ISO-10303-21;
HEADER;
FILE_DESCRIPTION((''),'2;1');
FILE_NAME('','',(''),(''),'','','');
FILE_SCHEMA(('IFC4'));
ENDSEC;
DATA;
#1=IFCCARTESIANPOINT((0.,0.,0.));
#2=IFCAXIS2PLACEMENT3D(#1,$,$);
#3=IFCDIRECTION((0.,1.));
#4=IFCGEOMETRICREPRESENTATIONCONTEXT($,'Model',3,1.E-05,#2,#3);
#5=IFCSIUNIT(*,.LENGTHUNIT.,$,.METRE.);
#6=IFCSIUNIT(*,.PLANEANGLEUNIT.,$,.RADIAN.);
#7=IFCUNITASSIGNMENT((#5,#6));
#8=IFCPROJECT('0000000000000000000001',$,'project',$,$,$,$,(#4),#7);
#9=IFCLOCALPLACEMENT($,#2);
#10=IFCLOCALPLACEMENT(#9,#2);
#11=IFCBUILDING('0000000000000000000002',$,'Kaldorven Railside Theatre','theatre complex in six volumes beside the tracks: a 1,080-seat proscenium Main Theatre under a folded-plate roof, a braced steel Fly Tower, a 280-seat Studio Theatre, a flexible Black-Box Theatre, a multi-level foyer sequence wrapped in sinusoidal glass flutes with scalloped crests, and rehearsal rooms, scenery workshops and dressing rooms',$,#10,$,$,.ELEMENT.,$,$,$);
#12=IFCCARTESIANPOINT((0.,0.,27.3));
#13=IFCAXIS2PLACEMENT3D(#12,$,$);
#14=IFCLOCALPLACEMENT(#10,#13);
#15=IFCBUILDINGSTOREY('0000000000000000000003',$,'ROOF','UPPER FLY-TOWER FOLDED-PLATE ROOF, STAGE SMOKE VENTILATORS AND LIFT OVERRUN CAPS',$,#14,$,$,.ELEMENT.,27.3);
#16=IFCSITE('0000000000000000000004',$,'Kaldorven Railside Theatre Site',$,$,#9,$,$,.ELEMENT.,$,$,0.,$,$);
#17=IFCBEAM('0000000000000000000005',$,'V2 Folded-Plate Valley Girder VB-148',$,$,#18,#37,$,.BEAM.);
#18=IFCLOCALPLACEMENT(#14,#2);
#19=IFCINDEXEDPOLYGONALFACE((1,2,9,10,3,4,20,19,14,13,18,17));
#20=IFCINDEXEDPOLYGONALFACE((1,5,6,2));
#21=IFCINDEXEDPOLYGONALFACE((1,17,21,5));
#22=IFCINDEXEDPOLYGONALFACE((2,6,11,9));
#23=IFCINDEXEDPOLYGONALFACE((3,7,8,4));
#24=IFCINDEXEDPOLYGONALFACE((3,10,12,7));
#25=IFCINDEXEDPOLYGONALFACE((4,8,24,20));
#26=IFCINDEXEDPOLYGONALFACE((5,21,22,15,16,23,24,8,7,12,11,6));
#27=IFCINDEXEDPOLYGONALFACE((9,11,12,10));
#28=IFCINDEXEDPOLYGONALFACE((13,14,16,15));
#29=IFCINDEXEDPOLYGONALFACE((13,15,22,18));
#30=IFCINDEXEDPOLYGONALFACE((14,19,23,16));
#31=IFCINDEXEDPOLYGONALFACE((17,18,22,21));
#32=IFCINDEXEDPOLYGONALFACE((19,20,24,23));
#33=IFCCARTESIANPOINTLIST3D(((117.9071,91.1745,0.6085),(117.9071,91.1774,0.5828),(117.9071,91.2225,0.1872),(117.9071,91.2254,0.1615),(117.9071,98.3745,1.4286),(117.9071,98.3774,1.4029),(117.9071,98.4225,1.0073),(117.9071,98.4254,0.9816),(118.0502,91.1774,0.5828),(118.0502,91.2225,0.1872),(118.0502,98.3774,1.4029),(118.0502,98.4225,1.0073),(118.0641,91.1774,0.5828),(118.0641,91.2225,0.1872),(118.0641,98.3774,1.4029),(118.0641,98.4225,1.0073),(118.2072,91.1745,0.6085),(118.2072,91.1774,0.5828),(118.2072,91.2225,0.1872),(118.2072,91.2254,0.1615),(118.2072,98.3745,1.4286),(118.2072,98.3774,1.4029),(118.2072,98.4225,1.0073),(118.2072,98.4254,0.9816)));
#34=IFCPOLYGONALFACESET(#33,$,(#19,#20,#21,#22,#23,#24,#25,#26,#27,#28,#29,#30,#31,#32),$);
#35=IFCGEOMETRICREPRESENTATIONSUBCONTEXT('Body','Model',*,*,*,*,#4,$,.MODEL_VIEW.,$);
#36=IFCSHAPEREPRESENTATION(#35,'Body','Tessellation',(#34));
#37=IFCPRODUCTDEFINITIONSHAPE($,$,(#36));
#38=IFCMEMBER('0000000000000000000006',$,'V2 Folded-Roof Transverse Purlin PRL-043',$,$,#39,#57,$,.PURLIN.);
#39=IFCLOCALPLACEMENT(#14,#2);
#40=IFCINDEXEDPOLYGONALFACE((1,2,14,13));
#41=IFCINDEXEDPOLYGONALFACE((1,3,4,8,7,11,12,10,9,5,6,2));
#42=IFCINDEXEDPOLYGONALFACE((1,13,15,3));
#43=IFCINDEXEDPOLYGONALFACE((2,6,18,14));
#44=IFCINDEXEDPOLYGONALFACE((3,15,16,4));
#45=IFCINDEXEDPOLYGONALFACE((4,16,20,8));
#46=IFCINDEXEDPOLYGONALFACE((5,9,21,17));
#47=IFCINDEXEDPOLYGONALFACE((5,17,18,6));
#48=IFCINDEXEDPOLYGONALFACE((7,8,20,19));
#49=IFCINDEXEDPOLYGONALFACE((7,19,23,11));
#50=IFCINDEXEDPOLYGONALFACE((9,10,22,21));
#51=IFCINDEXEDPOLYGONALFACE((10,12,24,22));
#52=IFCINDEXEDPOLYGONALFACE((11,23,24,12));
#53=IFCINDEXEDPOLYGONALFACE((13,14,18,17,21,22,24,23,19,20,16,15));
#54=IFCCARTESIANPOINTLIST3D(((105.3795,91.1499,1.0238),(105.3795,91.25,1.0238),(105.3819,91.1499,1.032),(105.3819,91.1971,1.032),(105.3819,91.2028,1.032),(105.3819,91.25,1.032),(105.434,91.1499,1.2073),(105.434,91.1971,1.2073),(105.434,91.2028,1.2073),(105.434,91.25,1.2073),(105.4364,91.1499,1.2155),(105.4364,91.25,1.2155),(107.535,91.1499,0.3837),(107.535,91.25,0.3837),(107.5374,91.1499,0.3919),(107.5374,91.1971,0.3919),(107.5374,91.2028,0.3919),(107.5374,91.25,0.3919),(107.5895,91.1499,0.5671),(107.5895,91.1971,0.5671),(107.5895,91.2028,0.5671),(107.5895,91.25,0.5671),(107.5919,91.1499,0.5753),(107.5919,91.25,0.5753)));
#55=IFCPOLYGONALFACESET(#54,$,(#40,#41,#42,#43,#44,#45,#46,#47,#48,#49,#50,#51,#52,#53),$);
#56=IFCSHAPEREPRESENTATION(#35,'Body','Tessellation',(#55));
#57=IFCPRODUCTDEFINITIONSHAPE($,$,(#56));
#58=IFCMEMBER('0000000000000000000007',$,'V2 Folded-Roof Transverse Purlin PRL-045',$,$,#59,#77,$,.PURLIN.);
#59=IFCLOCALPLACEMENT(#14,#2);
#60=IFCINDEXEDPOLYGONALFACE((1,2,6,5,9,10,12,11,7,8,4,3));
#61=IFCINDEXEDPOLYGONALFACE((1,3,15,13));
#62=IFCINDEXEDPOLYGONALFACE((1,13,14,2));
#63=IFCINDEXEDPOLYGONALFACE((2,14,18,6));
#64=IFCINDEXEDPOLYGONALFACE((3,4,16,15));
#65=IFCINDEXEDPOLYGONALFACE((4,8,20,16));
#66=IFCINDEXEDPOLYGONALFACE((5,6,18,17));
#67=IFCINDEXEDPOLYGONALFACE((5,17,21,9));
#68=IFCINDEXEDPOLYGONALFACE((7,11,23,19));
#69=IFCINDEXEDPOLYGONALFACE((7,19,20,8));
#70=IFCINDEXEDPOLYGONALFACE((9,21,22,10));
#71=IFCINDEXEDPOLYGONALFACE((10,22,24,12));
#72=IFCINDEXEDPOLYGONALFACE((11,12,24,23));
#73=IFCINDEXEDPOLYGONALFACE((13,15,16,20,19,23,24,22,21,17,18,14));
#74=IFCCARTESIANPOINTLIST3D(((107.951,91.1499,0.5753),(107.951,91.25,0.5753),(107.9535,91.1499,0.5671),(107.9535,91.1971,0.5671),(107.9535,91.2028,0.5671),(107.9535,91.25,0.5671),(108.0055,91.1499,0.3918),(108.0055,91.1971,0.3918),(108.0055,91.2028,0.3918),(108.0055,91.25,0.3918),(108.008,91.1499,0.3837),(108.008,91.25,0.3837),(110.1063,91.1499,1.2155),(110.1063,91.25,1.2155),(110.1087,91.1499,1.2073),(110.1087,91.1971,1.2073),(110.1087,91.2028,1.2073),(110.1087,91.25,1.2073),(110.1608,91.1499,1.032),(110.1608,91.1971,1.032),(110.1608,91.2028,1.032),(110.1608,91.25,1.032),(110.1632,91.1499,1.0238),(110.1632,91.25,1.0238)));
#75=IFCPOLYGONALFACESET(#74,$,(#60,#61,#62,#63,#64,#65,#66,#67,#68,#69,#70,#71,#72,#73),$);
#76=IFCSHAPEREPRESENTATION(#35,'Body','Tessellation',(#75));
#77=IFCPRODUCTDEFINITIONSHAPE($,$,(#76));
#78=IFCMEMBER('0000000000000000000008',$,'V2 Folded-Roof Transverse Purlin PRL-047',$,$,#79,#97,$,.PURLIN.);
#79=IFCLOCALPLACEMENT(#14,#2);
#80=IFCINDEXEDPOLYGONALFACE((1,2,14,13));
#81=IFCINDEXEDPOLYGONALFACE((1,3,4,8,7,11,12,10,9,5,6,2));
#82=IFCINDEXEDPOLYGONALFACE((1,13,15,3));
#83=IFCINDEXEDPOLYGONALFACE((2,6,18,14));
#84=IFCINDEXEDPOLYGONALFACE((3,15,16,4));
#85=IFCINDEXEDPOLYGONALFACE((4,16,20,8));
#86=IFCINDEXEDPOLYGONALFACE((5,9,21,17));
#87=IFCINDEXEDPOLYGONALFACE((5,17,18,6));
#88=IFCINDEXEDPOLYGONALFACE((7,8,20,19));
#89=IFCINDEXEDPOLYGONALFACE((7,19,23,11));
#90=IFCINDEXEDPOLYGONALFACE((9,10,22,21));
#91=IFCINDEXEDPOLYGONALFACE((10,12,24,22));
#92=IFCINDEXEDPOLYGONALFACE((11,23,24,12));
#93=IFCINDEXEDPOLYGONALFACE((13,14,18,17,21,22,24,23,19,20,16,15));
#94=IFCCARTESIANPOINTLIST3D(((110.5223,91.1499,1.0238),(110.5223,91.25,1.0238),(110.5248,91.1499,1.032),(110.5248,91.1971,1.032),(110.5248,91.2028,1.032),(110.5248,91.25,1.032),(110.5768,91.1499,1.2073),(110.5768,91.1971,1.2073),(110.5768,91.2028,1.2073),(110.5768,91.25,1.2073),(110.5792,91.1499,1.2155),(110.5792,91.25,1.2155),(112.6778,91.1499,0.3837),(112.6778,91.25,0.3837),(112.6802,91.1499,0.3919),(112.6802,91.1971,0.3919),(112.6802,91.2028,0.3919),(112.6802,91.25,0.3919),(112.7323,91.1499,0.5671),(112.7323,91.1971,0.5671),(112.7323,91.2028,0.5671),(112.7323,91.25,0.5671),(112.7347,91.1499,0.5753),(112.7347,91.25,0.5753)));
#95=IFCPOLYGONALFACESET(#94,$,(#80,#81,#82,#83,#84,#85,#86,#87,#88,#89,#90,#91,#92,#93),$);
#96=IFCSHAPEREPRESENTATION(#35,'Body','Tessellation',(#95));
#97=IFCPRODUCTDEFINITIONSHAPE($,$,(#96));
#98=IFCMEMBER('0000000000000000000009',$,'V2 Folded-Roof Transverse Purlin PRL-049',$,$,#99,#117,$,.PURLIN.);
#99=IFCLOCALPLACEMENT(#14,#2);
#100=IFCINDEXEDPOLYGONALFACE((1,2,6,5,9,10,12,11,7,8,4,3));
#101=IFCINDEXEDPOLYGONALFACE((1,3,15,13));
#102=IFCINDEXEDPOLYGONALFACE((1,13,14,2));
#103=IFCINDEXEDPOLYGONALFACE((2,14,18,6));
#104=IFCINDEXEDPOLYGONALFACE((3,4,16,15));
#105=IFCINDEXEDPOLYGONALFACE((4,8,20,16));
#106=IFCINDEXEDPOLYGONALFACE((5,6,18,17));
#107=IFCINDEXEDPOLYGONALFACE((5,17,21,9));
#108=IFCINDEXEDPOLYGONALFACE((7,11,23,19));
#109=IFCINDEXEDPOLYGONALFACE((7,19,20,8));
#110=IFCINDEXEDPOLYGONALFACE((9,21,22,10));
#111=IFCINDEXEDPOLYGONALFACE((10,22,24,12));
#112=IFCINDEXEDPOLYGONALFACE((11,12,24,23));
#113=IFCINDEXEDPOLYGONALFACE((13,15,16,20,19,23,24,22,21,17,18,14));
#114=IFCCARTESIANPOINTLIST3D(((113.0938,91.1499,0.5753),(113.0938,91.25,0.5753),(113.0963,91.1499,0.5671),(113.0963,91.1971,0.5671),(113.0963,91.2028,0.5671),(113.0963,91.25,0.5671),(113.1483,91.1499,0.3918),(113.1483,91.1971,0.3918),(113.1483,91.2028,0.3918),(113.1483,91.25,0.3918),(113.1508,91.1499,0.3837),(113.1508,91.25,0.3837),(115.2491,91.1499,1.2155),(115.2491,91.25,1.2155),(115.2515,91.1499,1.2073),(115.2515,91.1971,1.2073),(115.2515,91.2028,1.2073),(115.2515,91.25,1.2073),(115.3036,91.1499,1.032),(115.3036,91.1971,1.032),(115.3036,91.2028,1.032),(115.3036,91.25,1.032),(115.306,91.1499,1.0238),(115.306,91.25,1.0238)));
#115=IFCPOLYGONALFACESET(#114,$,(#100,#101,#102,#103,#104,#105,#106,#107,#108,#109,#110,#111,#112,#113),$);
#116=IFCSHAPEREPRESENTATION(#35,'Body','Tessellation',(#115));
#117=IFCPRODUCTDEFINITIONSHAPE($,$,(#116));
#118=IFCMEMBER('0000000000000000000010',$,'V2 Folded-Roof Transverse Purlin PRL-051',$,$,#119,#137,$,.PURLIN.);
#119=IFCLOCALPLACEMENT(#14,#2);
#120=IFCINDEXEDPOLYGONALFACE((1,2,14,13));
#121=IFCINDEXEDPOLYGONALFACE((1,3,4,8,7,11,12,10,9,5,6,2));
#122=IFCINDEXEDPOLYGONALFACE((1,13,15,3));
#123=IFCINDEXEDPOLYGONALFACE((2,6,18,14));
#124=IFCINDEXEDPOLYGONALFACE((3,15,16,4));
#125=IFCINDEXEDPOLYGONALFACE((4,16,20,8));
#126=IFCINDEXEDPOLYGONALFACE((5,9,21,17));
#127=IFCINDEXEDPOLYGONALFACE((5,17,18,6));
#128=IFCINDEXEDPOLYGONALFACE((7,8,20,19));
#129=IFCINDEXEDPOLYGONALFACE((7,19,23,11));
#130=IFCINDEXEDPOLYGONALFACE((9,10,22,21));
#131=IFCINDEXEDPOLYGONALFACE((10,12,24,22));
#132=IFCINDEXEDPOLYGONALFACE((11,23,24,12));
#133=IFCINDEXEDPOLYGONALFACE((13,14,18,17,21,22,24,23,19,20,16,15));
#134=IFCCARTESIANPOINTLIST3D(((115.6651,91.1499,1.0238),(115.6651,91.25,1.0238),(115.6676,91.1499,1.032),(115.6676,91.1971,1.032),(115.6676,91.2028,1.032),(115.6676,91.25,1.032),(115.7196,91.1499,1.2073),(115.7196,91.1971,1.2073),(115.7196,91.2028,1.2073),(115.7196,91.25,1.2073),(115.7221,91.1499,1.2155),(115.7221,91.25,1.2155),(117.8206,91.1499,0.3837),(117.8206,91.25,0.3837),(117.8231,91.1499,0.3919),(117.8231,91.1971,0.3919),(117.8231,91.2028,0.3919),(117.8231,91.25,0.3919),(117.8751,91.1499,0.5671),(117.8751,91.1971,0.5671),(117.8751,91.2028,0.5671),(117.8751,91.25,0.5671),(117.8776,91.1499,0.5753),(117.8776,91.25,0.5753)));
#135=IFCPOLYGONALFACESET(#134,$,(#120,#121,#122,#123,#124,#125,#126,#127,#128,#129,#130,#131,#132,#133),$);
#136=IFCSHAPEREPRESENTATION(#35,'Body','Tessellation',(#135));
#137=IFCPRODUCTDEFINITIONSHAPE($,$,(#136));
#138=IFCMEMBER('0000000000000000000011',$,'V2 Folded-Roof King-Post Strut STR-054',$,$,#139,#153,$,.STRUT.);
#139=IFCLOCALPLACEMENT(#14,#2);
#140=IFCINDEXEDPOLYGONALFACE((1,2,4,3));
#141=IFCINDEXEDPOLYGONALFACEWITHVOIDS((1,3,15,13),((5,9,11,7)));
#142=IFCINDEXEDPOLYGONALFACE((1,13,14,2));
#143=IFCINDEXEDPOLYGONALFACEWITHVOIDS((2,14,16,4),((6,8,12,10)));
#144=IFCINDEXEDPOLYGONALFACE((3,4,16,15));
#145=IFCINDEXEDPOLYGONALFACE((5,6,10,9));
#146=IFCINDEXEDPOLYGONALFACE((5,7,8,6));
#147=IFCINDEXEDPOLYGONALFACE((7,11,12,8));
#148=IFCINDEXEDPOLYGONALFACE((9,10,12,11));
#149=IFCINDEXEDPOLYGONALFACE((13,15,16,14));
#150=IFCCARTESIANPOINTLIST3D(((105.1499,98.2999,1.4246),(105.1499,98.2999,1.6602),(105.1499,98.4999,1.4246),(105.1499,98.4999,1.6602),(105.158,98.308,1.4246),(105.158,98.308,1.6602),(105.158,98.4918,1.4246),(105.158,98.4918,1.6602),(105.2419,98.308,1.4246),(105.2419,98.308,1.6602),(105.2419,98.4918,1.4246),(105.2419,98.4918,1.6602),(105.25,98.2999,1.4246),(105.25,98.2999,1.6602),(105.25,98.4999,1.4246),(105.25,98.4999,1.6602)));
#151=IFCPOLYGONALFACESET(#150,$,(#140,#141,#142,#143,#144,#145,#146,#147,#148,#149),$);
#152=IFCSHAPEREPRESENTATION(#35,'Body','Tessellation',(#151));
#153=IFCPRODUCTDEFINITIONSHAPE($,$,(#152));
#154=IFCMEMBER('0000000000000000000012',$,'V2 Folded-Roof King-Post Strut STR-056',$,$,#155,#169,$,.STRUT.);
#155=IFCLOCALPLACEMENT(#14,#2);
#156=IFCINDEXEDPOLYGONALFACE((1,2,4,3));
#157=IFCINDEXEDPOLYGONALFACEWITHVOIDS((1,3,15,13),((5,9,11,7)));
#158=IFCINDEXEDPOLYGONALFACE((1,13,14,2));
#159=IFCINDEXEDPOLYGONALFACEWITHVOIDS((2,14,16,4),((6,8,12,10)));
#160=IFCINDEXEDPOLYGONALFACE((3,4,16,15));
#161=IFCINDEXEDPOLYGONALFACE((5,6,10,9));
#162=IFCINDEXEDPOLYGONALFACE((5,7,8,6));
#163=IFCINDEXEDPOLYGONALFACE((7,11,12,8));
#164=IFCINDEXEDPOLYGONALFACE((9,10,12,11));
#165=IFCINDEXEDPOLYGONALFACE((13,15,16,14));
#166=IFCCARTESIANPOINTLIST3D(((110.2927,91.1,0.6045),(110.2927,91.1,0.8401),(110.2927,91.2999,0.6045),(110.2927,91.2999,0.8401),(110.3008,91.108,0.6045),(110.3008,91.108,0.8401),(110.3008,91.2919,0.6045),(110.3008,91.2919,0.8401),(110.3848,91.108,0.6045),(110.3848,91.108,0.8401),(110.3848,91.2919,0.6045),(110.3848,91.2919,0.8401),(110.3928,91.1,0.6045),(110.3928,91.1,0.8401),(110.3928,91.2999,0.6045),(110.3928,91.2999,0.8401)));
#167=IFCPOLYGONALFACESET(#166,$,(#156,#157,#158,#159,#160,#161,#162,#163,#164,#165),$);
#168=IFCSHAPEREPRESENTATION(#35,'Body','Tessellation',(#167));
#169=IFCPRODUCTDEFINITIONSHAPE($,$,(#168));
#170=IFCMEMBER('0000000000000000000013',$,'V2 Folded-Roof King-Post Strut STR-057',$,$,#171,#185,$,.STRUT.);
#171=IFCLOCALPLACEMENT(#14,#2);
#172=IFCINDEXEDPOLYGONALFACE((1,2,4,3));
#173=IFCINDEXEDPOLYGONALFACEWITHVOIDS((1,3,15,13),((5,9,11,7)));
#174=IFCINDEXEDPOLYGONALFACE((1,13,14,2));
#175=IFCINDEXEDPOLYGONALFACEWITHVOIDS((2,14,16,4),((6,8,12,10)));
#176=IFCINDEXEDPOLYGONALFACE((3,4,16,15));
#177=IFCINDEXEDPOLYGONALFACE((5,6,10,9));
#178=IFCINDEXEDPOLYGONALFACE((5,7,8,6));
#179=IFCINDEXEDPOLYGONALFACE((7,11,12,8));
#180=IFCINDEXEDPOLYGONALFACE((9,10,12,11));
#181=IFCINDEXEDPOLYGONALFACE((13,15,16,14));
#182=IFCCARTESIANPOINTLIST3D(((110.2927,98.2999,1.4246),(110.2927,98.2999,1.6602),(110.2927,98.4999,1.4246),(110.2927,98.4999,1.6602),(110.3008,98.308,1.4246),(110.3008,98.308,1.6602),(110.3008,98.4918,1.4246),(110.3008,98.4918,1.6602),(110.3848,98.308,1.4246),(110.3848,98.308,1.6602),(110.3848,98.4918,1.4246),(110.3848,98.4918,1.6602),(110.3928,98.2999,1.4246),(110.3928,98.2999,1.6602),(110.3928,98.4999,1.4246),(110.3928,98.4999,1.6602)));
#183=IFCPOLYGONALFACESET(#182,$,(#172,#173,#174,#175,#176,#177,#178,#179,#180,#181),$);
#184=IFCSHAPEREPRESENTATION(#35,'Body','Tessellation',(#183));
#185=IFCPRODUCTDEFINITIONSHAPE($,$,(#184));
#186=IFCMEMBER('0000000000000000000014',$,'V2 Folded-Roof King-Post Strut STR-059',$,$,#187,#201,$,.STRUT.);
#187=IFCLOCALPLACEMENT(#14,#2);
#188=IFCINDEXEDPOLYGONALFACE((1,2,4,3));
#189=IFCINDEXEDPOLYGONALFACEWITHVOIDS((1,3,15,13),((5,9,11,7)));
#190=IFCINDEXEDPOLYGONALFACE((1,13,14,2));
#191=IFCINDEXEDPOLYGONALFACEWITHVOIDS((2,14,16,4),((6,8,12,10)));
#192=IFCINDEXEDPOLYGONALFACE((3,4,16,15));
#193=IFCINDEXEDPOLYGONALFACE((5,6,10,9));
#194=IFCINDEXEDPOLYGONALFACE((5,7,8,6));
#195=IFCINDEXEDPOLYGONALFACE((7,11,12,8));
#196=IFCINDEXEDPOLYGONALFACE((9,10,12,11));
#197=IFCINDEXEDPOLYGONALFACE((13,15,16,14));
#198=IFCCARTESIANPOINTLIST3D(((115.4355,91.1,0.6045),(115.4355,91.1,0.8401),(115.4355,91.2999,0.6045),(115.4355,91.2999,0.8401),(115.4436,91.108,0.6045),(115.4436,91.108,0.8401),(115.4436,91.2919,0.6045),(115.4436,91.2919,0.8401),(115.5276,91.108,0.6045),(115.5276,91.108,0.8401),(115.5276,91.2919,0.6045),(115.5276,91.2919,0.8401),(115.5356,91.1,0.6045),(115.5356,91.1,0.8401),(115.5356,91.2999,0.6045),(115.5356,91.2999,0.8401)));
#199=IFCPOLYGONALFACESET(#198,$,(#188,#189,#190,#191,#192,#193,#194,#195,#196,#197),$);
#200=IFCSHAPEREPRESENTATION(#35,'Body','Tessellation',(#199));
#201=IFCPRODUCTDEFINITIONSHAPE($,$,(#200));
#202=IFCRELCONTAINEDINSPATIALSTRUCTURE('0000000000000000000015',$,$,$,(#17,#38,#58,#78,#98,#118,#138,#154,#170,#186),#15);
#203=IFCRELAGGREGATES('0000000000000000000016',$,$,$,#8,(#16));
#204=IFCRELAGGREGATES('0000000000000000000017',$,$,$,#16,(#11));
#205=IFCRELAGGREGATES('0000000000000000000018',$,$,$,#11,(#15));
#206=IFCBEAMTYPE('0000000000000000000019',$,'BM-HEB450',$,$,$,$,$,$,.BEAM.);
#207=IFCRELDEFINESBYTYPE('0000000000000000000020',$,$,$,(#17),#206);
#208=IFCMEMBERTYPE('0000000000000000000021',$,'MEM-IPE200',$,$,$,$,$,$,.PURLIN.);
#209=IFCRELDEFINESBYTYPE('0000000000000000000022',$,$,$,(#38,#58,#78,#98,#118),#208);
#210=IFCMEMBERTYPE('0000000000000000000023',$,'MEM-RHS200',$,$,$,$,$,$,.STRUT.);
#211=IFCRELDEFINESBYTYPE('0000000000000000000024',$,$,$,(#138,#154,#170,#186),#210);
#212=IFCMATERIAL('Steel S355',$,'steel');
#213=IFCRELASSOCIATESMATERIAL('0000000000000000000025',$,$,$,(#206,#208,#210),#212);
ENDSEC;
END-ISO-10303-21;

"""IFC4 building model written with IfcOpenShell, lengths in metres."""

from ifc_helpers import new_model, si_unit, direction, frame, origin, origin_2d, place, context, subcontext, project, spatial, hollow_rectangle, i_section, extrude, material, material_profile, profile_set, type_object, element, save


model = new_model("IFC4")

# Units and contexts
model_context = context("Model", 3, precision=1e-05, world=origin(), true_north=direction((0.0, 1.0)))
body_context = subcontext(model_context, "Body", "Model", "MODEL_VIEW")
ifc_project = project(units=[si_unit("LENGTHUNIT", "METRE"), si_unit("PLANEANGLEUNIT", "RADIAN")], contexts=[model_context])

# Site, building, storey
site_placement = place(None, origin())
site = spatial("IfcSite", under=ifc_project, at=site_placement, Name="Kaldorven Railside Theatre Site", CompositionType="ELEMENT", RefElevation=0.0)
building_placement = place(site_placement, origin())
building = spatial("IfcBuilding", under=site, at=building_placement, Name="Kaldorven Railside Theatre", Description="theatre complex in six volumes beside the tracks: a 1,080-seat proscenium Main Theatre under a folded-plate roof, a braced steel Fly Tower, a 280-seat Studio Theatre, a flexible Black-Box Theatre, a multi-level foyer sequence wrapped in sinusoidal glass flutes with scalloped crests, and rehearsal rooms, scenery workshops and dressing rooms", CompositionType="ELEMENT")
storey_placement = place(building_placement, frame((0.0, 0.0, 27.3)))
storey = spatial("IfcBuildingStorey", under=building, at=storey_placement, Name="ROOF", Description="UPPER FLY-TOWER FOLDED-PLATE ROOF, STAGE SMOKE VENTILATORS AND LIFT OVERRUN CAPS", CompositionType="ELEMENT", Elevation=27.3)

# Beam
ifc_material = material(Name="Steel S355", Category="steel")
ifc_material_profile_1 = material_profile(ifc_material, i_section(OverallWidth=0.3, OverallDepth=0.45, WebThickness=0.0139, FlangeThickness=0.0259, at=origin_2d()), Name="HEB 450")
ifc_profile_set_1 = profile_set([ifc_material_profile_1], Name="Steel S355")
beam_type = type_object("IfcBeamType", Name="BM-HEB450", PredefinedType="BEAM", material=ifc_profile_set_1)
beam_1_placement = place(storey_placement, frame((118.0571, 91.2, 0.385), z_axis=(0.0, 0.993576, 0.113167), x_axis=(-1.0, 0.0, 0.0)))
element("IfcBeam", 1, at=beam_1_placement, inside=storey, type_object=beam_type, Name="V2 Folded-Plate Valley Girder VB-148", PredefinedType="BEAM", context=body_context, shape_type="SweptSolid", body=[
    extrude(i_section(OverallWidth=0.3, OverallDepth=0.45, WebThickness=0.0139, FlangeThickness=0.0259, at=origin_2d()), origin(), (0.0, 0.0, 1.0), 7.2466),
])

# Members
ifc_material_profile_2 = material_profile(ifc_material, i_section(OverallWidth=0.1001, OverallDepth=0.2, WebThickness=0.0056, FlangeThickness=0.0085, at=origin_2d()), Name="IPE 200")
ifc_profile_set_2 = profile_set([ifc_material_profile_2], Name="Steel S355")
member_type_1 = type_object("IfcMemberType", Name="MEM-IPE200", PredefinedType="PURLIN", material=ifc_profile_set_2)
member_1_placement = place(storey_placement, frame((105.408, 91.2, 1.1196), z_axis=(0.95862, 0.0, -0.284687), x_axis=(0.0, 1.0, 0.0)))
element("IfcMember", 2, at=member_1_placement, inside=storey, type_object=member_type_1, Name="V2 Folded-Roof Transverse Purlin PRL-043", PredefinedType="PURLIN", context=body_context, shape_type="SweptSolid", body=[
    extrude(i_section(OverallWidth=0.1001, OverallDepth=0.2, WebThickness=0.0056, FlangeThickness=0.0085, at=origin_2d()), origin(), (0.0, 0.0, 1.0), 2.2485),
])
member_2_placement = place(storey_placement, frame((107.9795, 91.2, 0.4795), z_axis=(0.958612, 0.0, 0.284717), x_axis=(0.0, 1.0, 0.0)))
element("IfcMember", 3, at=member_2_placement, inside=storey, type_object=member_type_1, Name="V2 Folded-Roof Transverse Purlin PRL-045", PredefinedType="PURLIN", context=body_context, shape_type="SweptSolid", body=[
    extrude(i_section(OverallWidth=0.1001, OverallDepth=0.2, WebThickness=0.0056, FlangeThickness=0.0085, at=origin_2d()), origin(), (0.0, 0.0, 1.0), 2.2483),
])
member_3_placement = place(storey_placement, frame((110.5508, 91.2, 1.1196), z_axis=(0.95862, 0.0, -0.284687), x_axis=(0.0, 1.0, 0.0)))
element("IfcMember", 4, at=member_3_placement, inside=storey, type_object=member_type_1, Name="V2 Folded-Roof Transverse Purlin PRL-047", PredefinedType="PURLIN", context=body_context, shape_type="SweptSolid", body=[
    extrude(i_section(OverallWidth=0.1001, OverallDepth=0.2, WebThickness=0.0056, FlangeThickness=0.0085, at=origin_2d()), origin(), (0.0, 0.0, 1.0), 2.2485),
])
member_4_placement = place(storey_placement, frame((113.1223, 91.2, 0.4795), z_axis=(0.958612, 0.0, 0.284717), x_axis=(0.0, 1.0, 0.0)))
element("IfcMember", 5, at=member_4_placement, inside=storey, type_object=member_type_1, Name="V2 Folded-Roof Transverse Purlin PRL-049", PredefinedType="PURLIN", context=body_context, shape_type="SweptSolid", body=[
    extrude(i_section(OverallWidth=0.1001, OverallDepth=0.2, WebThickness=0.0056, FlangeThickness=0.0085, at=origin_2d()), origin(), (0.0, 0.0, 1.0), 2.2483),
])
member_5_placement = place(storey_placement, frame((115.6936, 91.2, 1.1196), z_axis=(0.95862, 0.0, -0.284687), x_axis=(0.0, 1.0, 0.0)))
element("IfcMember", 6, at=member_5_placement, inside=storey, type_object=member_type_1, Name="V2 Folded-Roof Transverse Purlin PRL-051", PredefinedType="PURLIN", context=body_context, shape_type="SweptSolid", body=[
    extrude(i_section(OverallWidth=0.1001, OverallDepth=0.2, WebThickness=0.0056, FlangeThickness=0.0085, at=origin_2d()), origin(), (0.0, 0.0, 1.0), 2.2485),
])
ifc_material_profile_3 = material_profile(ifc_material, hollow_rectangle(XDim=0.1001, YDim=0.2, WallThickness=0.0081, at=origin_2d()), Name="RHS 200x100x8")
ifc_profile_set_3 = profile_set([ifc_material_profile_3], Name="Steel S355")
member_type_2 = type_object("IfcMemberType", Name="MEM-RHS200", PredefinedType="STRUT", material=ifc_profile_set_3)
for number, where, z_axis, x_axis, name in (
    (7, (105.2, 98.3999, 1.4246), (0.0, 0.0, 1.0), (1.0, 0.0, 0.0), "V2 Folded-Roof King-Post Strut STR-054"),
    (8, (110.3428, 91.2, 0.6045), (0.0, 0.0, 1.0), (1.0, 0.0, 0.0), "V2 Folded-Roof King-Post Strut STR-056"),
    (9, (110.3428, 98.3999, 1.4246), (0.0, 0.0, 1.0), (1.0, 0.0, 0.0), "V2 Folded-Roof King-Post Strut STR-057"),
    (10, (115.4856, 91.2, 0.6045), (0.0, 0.0, 1.0), (1.0, 0.0, 0.0), "V2 Folded-Roof King-Post Strut STR-059"),
):
    element("IfcMember", number, at=place(storey_placement, frame(where, z_axis=z_axis, x_axis=x_axis)), inside=storey, type_object=member_type_2, Name=name, PredefinedType="STRUT", context=body_context, shape_type="SweptSolid", body=[
        extrude(hollow_rectangle(XDim=0.1001, YDim=0.2, WallThickness=0.0081, at=origin_2d()), origin(), (0.0, 0.0, 1.0), 0.2356),
    ])

save(model, "model.ifc")
